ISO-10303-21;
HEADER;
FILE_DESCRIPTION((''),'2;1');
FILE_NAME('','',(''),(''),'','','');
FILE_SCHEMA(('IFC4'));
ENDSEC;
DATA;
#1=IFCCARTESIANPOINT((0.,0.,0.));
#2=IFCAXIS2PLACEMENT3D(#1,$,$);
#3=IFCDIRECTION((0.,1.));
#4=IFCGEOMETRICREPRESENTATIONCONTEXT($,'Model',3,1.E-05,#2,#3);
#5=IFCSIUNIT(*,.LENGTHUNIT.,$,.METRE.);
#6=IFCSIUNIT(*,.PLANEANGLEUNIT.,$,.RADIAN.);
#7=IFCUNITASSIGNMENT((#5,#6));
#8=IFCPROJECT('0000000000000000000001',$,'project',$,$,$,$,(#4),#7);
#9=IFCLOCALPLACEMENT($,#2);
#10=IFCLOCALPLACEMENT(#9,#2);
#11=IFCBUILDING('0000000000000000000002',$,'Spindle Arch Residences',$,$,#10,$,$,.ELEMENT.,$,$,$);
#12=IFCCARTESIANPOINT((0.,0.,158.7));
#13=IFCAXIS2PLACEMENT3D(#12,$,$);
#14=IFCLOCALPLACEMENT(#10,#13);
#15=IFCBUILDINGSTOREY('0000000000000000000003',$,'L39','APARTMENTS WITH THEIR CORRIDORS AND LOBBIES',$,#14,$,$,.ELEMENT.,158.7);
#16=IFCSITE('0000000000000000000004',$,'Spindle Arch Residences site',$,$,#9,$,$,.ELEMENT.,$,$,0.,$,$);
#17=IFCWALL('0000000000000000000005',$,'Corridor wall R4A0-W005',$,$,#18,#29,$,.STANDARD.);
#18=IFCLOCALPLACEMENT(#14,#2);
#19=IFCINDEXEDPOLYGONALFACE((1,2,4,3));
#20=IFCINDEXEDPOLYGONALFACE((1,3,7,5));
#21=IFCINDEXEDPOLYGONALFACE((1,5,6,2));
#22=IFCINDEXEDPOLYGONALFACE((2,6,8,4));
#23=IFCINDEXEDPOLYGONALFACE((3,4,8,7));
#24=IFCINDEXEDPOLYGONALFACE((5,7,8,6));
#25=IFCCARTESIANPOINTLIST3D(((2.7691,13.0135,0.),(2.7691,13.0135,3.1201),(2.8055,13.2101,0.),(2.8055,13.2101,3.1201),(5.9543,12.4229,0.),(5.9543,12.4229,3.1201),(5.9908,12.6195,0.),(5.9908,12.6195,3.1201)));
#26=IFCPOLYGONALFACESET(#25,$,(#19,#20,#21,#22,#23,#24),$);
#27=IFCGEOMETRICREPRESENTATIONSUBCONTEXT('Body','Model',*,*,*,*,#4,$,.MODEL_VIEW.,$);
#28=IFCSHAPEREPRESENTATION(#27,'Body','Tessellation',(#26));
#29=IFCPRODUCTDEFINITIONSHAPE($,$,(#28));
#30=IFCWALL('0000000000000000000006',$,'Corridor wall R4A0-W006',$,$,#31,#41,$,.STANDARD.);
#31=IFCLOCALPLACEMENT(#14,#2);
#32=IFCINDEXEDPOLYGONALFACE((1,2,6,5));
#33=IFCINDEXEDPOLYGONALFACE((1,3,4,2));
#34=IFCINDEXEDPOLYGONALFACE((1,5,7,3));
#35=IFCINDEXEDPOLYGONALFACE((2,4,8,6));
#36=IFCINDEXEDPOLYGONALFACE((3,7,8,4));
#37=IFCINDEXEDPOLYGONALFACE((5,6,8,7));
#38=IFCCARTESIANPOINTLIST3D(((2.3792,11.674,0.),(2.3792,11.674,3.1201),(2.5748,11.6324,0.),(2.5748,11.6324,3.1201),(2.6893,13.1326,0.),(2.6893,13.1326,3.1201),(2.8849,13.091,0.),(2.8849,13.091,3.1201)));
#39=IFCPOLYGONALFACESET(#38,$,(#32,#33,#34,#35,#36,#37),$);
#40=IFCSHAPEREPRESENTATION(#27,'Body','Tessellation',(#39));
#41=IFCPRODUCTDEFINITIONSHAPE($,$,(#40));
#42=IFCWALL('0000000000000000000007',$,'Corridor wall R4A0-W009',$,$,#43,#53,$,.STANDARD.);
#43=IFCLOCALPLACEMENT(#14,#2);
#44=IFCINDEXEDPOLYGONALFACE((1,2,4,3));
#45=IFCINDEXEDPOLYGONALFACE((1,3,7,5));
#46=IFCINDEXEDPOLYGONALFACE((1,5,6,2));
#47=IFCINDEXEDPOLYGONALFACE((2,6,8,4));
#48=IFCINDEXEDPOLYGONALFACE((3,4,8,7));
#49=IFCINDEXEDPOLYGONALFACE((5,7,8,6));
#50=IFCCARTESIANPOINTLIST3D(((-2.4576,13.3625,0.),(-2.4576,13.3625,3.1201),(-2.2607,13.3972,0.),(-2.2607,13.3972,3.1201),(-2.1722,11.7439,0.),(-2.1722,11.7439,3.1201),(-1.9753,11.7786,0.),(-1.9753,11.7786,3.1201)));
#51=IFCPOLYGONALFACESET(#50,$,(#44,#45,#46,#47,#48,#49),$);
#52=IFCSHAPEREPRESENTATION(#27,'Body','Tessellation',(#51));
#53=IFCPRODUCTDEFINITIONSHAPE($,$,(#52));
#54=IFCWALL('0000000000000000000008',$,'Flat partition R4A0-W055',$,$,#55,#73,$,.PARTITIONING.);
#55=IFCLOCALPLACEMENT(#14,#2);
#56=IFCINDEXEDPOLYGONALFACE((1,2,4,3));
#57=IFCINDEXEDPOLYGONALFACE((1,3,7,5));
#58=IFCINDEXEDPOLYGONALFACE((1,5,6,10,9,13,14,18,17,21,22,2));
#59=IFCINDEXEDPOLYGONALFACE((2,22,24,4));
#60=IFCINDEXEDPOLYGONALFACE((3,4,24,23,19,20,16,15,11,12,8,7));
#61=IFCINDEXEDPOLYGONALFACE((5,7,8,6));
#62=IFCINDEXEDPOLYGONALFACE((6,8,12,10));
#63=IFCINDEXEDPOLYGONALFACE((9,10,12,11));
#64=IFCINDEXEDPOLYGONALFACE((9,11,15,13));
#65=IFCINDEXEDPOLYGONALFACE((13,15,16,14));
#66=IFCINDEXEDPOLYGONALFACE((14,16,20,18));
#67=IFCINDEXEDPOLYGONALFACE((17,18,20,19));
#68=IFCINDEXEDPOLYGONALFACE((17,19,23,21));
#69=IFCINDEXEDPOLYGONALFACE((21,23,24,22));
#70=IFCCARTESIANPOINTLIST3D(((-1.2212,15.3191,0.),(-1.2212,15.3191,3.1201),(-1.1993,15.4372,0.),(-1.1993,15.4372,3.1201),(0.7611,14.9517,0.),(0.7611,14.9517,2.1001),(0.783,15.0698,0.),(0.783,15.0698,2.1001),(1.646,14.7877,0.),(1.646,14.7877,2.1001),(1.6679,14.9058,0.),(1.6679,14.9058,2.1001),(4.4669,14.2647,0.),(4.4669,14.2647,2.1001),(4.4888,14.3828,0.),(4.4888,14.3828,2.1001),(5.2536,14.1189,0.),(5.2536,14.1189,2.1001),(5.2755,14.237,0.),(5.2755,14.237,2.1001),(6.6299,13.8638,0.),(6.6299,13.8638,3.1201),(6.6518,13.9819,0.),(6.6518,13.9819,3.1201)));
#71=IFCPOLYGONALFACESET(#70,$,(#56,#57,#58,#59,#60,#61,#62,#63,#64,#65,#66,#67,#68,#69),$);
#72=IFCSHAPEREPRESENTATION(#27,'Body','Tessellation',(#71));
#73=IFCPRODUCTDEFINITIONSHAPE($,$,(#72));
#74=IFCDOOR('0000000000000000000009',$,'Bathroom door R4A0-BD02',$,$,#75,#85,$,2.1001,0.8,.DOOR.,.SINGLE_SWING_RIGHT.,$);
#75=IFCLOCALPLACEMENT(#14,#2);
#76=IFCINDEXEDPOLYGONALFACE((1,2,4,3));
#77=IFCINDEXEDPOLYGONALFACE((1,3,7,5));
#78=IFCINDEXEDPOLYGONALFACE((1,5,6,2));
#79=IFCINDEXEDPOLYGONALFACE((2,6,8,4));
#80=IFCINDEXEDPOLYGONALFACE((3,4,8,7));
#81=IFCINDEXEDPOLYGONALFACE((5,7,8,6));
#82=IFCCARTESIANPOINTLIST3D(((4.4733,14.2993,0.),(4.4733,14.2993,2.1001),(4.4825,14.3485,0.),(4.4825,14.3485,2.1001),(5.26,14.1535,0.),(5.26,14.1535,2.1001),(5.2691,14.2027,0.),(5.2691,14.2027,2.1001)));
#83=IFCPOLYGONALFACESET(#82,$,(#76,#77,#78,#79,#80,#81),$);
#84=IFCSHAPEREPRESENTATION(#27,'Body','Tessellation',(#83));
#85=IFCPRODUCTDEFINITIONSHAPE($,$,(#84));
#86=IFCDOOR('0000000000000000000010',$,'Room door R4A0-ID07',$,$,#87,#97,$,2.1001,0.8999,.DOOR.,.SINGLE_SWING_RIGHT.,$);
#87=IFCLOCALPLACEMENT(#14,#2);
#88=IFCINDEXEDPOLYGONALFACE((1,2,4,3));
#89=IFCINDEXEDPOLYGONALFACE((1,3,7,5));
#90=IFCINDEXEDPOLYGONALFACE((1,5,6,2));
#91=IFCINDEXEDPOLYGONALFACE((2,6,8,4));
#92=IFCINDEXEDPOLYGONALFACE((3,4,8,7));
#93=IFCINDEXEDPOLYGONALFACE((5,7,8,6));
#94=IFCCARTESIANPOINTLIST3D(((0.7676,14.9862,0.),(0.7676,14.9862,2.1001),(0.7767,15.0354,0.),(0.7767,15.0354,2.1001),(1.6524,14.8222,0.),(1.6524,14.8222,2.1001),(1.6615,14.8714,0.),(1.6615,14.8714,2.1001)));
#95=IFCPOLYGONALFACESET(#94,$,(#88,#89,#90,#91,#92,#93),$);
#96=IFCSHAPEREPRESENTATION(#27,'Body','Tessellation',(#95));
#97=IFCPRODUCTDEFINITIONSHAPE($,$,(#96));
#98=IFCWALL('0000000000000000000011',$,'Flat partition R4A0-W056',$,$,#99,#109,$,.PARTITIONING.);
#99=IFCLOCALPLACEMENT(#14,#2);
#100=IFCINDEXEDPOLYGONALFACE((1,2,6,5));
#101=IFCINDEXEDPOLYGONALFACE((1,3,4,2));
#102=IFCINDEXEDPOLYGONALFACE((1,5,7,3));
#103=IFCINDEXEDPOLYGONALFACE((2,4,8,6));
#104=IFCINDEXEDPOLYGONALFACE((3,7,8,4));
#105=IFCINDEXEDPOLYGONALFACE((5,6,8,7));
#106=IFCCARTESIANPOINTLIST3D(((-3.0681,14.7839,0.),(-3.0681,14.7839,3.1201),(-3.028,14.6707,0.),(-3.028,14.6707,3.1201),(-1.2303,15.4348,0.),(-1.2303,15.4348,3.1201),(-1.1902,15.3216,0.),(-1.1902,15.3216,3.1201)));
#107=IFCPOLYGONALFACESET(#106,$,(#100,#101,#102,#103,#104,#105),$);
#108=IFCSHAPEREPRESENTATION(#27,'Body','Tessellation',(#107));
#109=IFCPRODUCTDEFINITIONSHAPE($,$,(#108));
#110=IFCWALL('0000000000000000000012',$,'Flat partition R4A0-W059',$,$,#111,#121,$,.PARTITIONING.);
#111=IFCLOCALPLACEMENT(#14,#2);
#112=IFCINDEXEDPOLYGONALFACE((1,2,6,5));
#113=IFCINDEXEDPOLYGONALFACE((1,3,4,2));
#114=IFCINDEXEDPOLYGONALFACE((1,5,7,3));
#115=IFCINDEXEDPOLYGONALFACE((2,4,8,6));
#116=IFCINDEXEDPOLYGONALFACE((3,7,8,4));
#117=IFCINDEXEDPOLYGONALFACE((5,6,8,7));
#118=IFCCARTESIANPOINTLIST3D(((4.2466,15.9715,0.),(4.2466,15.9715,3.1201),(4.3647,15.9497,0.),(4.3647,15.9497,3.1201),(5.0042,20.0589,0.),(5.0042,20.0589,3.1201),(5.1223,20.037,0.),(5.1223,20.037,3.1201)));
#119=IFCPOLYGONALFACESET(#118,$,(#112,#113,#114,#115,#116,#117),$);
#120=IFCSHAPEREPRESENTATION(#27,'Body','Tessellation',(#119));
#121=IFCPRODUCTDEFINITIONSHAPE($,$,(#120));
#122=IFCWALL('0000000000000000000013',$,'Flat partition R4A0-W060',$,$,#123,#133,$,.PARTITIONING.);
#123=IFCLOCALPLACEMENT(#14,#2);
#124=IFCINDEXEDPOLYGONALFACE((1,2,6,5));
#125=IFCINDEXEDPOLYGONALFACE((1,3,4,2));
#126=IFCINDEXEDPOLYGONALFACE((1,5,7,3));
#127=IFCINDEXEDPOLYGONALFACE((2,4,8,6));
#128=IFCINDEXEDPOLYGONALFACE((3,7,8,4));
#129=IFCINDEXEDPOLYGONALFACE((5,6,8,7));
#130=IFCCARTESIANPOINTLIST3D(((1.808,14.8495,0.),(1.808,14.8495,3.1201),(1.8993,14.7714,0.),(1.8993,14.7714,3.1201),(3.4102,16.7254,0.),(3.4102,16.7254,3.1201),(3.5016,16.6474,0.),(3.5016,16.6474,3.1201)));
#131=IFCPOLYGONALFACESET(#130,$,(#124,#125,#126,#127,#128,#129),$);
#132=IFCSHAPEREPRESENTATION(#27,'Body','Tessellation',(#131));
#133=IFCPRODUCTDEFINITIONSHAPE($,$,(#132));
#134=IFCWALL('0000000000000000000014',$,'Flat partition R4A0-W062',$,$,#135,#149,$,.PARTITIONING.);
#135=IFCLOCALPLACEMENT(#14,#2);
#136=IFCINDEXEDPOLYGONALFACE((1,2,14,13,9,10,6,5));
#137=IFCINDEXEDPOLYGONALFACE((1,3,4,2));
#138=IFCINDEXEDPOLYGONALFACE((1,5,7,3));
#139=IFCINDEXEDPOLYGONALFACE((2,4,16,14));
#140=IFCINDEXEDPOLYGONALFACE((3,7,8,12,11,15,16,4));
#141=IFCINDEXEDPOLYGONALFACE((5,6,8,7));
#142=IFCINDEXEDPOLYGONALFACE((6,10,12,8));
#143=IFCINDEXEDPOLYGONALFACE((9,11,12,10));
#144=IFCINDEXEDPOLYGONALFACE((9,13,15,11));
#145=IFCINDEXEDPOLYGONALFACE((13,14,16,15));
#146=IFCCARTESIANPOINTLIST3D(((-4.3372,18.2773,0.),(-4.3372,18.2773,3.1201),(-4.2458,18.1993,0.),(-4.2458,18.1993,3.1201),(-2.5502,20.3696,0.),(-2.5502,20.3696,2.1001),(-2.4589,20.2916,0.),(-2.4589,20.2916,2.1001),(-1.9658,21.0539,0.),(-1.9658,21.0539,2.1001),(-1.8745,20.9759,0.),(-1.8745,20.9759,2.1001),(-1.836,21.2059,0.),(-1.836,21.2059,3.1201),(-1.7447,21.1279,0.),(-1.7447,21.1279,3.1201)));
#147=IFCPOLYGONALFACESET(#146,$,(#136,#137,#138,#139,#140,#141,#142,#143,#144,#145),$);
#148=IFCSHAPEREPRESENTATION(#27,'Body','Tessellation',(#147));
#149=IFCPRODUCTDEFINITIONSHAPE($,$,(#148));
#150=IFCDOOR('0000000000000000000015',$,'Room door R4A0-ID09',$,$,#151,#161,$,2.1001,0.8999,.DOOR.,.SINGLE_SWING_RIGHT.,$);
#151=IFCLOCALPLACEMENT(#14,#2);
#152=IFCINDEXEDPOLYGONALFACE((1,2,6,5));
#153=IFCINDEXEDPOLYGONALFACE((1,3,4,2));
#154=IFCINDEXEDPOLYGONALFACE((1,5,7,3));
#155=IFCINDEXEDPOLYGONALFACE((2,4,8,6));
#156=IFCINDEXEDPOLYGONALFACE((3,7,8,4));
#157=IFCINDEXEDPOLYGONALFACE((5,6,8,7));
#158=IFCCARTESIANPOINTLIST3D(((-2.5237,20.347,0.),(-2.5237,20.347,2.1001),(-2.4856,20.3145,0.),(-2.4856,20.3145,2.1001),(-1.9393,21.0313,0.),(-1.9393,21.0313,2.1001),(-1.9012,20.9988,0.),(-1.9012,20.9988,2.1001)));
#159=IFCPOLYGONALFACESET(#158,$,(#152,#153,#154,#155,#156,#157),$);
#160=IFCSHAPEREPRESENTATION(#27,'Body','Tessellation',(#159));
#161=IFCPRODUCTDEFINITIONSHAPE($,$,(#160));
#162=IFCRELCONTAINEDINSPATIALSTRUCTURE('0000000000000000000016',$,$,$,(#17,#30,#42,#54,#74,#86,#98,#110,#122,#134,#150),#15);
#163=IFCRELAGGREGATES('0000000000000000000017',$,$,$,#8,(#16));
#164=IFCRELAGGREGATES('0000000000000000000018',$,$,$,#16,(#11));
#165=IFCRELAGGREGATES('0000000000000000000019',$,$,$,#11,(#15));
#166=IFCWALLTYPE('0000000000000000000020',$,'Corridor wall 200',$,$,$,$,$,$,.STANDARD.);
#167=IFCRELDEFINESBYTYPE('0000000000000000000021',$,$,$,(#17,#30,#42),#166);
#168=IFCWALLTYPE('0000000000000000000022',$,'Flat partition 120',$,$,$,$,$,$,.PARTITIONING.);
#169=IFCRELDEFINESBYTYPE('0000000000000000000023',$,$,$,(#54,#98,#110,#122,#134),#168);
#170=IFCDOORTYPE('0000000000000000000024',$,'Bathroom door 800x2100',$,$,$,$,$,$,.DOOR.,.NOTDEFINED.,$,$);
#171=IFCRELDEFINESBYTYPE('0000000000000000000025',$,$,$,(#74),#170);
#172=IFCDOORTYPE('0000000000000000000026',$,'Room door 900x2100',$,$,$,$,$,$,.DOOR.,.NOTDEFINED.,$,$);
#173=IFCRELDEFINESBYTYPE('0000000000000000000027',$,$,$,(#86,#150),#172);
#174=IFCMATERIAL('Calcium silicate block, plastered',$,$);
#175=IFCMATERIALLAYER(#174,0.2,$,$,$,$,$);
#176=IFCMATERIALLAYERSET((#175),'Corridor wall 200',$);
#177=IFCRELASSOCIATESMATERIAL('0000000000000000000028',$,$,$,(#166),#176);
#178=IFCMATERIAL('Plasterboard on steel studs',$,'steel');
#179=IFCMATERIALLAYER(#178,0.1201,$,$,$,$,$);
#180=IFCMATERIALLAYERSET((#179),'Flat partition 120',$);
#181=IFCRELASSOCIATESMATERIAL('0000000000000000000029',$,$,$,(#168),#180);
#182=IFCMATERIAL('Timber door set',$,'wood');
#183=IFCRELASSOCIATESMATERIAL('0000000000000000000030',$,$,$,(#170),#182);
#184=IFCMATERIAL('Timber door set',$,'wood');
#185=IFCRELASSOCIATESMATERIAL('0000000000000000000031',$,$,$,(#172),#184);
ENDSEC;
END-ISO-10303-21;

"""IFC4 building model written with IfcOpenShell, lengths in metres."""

from ifc_helpers import new_model, si_unit, direction, frame, frame_2d, origin, place, context, subcontext, project, spatial, rectangle, extrude, material, layer, layer_set, type_object, element, fill, save


model = new_model("IFC4")

# Units and contexts
model_context = context("Model", 3, precision=1e-05, world=origin(), true_north=direction((0.0, 1.0)))
body_context = subcontext(model_context, "Body", "Model", "MODEL_VIEW")
ifc_project = project(units=[si_unit("LENGTHUNIT", "METRE"), si_unit("PLANEANGLEUNIT", "RADIAN")], contexts=[model_context])

# Site, building, storey
site_placement = place(None, origin())
site = spatial("IfcSite", under=ifc_project, at=site_placement, Name="Spindle Arch Residences site", CompositionType="ELEMENT", RefElevation=0.0)
building_placement = place(site_placement, origin())
building = spatial("IfcBuilding", under=site, at=building_placement, Name="Spindle Arch Residences", CompositionType="ELEMENT")
storey_placement = place(building_placement, frame((0.0, 0.0, 158.7)))
storey = spatial("IfcBuildingStorey", under=building, at=storey_placement, Name="L39", Description="APARTMENTS WITH THEIR CORRIDORS AND LOBBIES", CompositionType="ELEMENT", Elevation=158.7)

# Walls
ifc_material_1 = material(Name="Calcium silicate block, plastered")
ifc_layer_1 = layer(ifc_material_1, 0.2)
ifc_layer_set_1 = layer_set([ifc_layer_1], Name="Corridor wall 200")
wall_type_1 = type_object("IfcWallType", Name="Corridor wall 200", PredefinedType="STANDARD", material=ifc_layer_set_1)
wall_1_placement = place(storey_placement, frame((5.9724, 12.5212, 0.0), z_axis=(0.0, 0.0, 1.0), x_axis=(-0.983243, 0.1823, 0.0)))
element("IfcWall", 1, at=wall_1_placement, inside=storey, type_object=wall_type_1, Name="Corridor wall R4A0-W005", PredefinedType="STANDARD", context=body_context, shape_type="SweptSolid", body=[
    extrude(rectangle(XDim=3.2395, YDim=0.2, at=frame_2d((1.6196, 0.0))), origin(), (0.0, 0.0, 1.0), 3.1201),
])
wall_2_placement = place(storey_placement, frame((2.7871, 13.1118, 0.0), z_axis=(0.0, 0.0, 1.0), x_axis=(-0.207941, -0.978141, 0.0)))
element("IfcWall", 2, at=wall_2_placement, inside=storey, type_object=wall_type_1, Name="Corridor wall R4A0-W006", PredefinedType="STANDARD", context=body_context, shape_type="SweptSolid", body=[
    extrude(rectangle(XDim=1.4912, YDim=0.2, at=frame_2d((0.7456, 0.0))), origin(), (0.0, 0.0, 1.0), 3.1201),
])
wall_3_placement = place(storey_placement, frame((-2.0737, 11.7612, 0.0), z_axis=(0.0, 0.0, 1.0), x_axis=(-0.173641, 0.984809, 0.0)))
element("IfcWall", 3, at=wall_3_placement, inside=storey, type_object=wall_type_1, Name="Corridor wall R4A0-W009", PredefinedType="STANDARD", context=body_context, shape_type="SweptSolid", body=[
    extrude(rectangle(XDim=1.6436, YDim=0.2, at=frame_2d((0.8218, 0.0))), origin(), (0.0, 0.0, 1.0), 3.1201),
])

# Wall, openings, doors
ifc_material_2 = material(Name="Plasterboard on steel studs", Category="steel")
ifc_layer_2 = layer(ifc_material_2, 0.1201)
ifc_layer_set_2 = layer_set([ifc_layer_2], Name="Flat partition 120")
wall_type_2 = type_object("IfcWallType", Name="Flat partition 120", PredefinedType="PARTITIONING", material=ifc_layer_set_2)
wall_4_placement = place(storey_placement, frame((6.6409, 13.9229, 0.0), z_axis=(0.0, 0.0, 1.0), x_axis=(-0.98325, 0.182261, 0.0)))
wall_4 = element("IfcWall", 4, at=wall_4_placement, inside=storey, type_object=wall_type_2, Name="Flat partition R4A0-W055", PredefinedType="PARTITIONING", context=body_context, shape_type="SweptSolid", body=[
    extrude(rectangle(XDim=7.9849, YDim=0.1201, at=frame_2d((3.9924, 0.0))), origin(), (0.0, 0.0, 1.0), 3.1201),
])
opening_1_placement = place(wall_4_placement, frame((1.3999, 0.0, 0.0)))
opening_1 = element("IfcOpeningElement", 5, at=opening_1_placement, cuts=wall_4, PredefinedType="OPENING", context=body_context, shape_type="SweptSolid", body=[
    extrude(rectangle(XDim=0.8, YDim=2.1001, at=frame_2d((0.3999, 1.05))), frame((0.0, 0.0701, 0.0), z_axis=(0.0, -1.0, 0.0), x_axis=(1.0, 0.0, 0.0)), (0.0, 0.0, 1.0), 0.1401),
])
opening_2_placement = place(wall_4_placement, frame((5.0688, 0.0, 0.0)))
opening_2 = element("IfcOpeningElement", 6, at=opening_2_placement, cuts=wall_4, PredefinedType="OPENING", context=body_context, shape_type="SweptSolid", body=[
    extrude(rectangle(XDim=0.8999, YDim=2.1001, at=frame_2d((0.45, 1.05))), frame((0.0, 0.0701, 0.0), z_axis=(0.0, -1.0, 0.0), x_axis=(1.0, 0.0, 0.0)), (0.0, 0.0, 1.0), 0.1401),
])
ifc_material_3 = material(Name="Timber door set", Category="wood")
door_type_1 = type_object("IfcDoorType", Name="Bathroom door 800x2100", OperationType="NOTDEFINED", PredefinedType="DOOR", material=ifc_material_3)
door_1_placement = place(opening_1_placement, origin())
door_1 = element("IfcDoor", 7, at=door_1_placement, inside=storey, type_object=door_type_1, Name="Bathroom door R4A0-BD02", OperationType="SINGLE_SWING_RIGHT", OverallHeight=2.1001, OverallWidth=0.8, PredefinedType="DOOR", context=body_context, shape_type="SweptSolid", body=[
    extrude(rectangle(XDim=0.8, YDim=2.1001, at=frame_2d((0.3999, 1.05))), frame((0.0, 0.0249, 0.0), z_axis=(0.0, -1.0, 0.0), x_axis=(1.0, 0.0, 0.0)), (0.0, 0.0, 1.0), 0.05),
])
fill(opening_1, door_1)
ifc_material_4 = material(Name="Timber door set", Category="wood")
door_type_2 = type_object("IfcDoorType", Name="Room door 900x2100", OperationType="NOTDEFINED", PredefinedType="DOOR", material=ifc_material_4)
door_2_placement = place(opening_2_placement, origin())
door_2 = element("IfcDoor", 8, at=door_2_placement, inside=storey, type_object=door_type_2, Name="Room door R4A0-ID07", OperationType="SINGLE_SWING_RIGHT", OverallHeight=2.1001, OverallWidth=0.8999, PredefinedType="DOOR", context=body_context, shape_type="SweptSolid", body=[
    extrude(rectangle(XDim=0.8999, YDim=2.1001, at=frame_2d((0.45, 1.05))), frame((0.0, 0.0249, 0.0), z_axis=(0.0, -1.0, 0.0), x_axis=(1.0, 0.0, 0.0)), (0.0, 0.0, 1.0), 0.05),
])
fill(opening_2, door_2)

# Walls
wall_5_placement = place(storey_placement, frame((-1.2102, 15.3782, 0.0), z_axis=(0.0, 0.0, 1.0), x_axis=(-0.942634, -0.333829, 0.0)))
element("IfcWall", 9, at=wall_5_placement, inside=storey, type_object=wall_type_2, Name="Flat partition R4A0-W056", PredefinedType="PARTITIONING", context=body_context, shape_type="SweptSolid", body=[
    extrude(rectangle(XDim=1.9497, YDim=0.1201, at=frame_2d((0.9749, 0.0))), origin(), (0.0, 0.0, 1.0), 3.1201),
])
wall_6_placement = place(storey_placement, frame((5.0632, 20.0481, 0.0), z_axis=(0.0, 0.0, 1.0), x_axis=(-0.182239, -0.983254, 0.0)))
element("IfcWall", 10, at=wall_6_placement, inside=storey, type_object=wall_type_2, Name="Flat partition R4A0-W059", PredefinedType="PARTITIONING", context=body_context, shape_type="SweptSolid", body=[
    extrude(rectangle(XDim=4.157, YDim=0.1201, at=frame_2d((2.0786, 0.0))), origin(), (0.0, 0.0, 1.0), 3.1201),
])
wall_7_placement = place(storey_placement, frame((3.4558, 16.6863, 0.0), z_axis=(0.0, 0.0, 1.0), x_axis=(-0.649462, -0.760394, 0.0)))
element("IfcWall", 11, at=wall_7_placement, inside=storey, type_object=wall_type_2, Name="Flat partition R4A0-W060", PredefinedType="PARTITIONING", context=body_context, shape_type="SweptSolid", body=[
    extrude(rectangle(XDim=2.467, YDim=0.1201, at=frame_2d((1.2334, 0.0))), origin(), (0.0, 0.0, 1.0), 3.1201),
])

# Wall, opening, door
wall_8_placement = place(storey_placement, frame((-1.7903, 21.167, 0.0), z_axis=(0.0, 0.0, 1.0), x_axis=(-0.649428, -0.760423, 0.0)))
wall_8 = element("IfcWall", 12, at=wall_8_placement, inside=storey, type_object=wall_type_2, Name="Flat partition R4A0-W062", PredefinedType="PARTITIONING", context=body_context, shape_type="SweptSolid", body=[
    extrude(rectangle(XDim=3.8513, YDim=0.1201, at=frame_2d((1.9258, 0.0))), origin(), (0.0, 0.0, 1.0), 3.1201),
])
opening_3_placement = place(wall_8_placement, frame((0.2, 0.0, 0.0)))
opening_3 = element("IfcOpeningElement", 13, at=opening_3_placement, cuts=wall_8, PredefinedType="OPENING", context=body_context, shape_type="SweptSolid", body=[
    extrude(rectangle(XDim=0.8999, YDim=2.1001, at=frame_2d((0.45, 1.05))), frame((0.0, 0.0701, 0.0), z_axis=(0.0, -1.0, 0.0), x_axis=(1.0, 0.0, 0.0)), (0.0, 0.0, 1.0), 0.1401),
])
door_3_placement = place(opening_3_placement, origin())
door_3 = element("IfcDoor", 14, at=door_3_placement, inside=storey, type_object=door_type_2, Name="Room door R4A0-ID09", OperationType="SINGLE_SWING_RIGHT", OverallHeight=2.1001, OverallWidth=0.8999, PredefinedType="DOOR", context=body_context, shape_type="SweptSolid", body=[
    extrude(rectangle(XDim=0.8999, YDim=2.1001, at=frame_2d((0.45, 1.05))), frame((0.0, 0.0249, 0.0), z_axis=(0.0, -1.0, 0.0), x_axis=(1.0, 0.0, 0.0)), (0.0, 0.0, 1.0), 0.05),
])
fill(opening_3, door_3)

save(model, "model.ifc")
